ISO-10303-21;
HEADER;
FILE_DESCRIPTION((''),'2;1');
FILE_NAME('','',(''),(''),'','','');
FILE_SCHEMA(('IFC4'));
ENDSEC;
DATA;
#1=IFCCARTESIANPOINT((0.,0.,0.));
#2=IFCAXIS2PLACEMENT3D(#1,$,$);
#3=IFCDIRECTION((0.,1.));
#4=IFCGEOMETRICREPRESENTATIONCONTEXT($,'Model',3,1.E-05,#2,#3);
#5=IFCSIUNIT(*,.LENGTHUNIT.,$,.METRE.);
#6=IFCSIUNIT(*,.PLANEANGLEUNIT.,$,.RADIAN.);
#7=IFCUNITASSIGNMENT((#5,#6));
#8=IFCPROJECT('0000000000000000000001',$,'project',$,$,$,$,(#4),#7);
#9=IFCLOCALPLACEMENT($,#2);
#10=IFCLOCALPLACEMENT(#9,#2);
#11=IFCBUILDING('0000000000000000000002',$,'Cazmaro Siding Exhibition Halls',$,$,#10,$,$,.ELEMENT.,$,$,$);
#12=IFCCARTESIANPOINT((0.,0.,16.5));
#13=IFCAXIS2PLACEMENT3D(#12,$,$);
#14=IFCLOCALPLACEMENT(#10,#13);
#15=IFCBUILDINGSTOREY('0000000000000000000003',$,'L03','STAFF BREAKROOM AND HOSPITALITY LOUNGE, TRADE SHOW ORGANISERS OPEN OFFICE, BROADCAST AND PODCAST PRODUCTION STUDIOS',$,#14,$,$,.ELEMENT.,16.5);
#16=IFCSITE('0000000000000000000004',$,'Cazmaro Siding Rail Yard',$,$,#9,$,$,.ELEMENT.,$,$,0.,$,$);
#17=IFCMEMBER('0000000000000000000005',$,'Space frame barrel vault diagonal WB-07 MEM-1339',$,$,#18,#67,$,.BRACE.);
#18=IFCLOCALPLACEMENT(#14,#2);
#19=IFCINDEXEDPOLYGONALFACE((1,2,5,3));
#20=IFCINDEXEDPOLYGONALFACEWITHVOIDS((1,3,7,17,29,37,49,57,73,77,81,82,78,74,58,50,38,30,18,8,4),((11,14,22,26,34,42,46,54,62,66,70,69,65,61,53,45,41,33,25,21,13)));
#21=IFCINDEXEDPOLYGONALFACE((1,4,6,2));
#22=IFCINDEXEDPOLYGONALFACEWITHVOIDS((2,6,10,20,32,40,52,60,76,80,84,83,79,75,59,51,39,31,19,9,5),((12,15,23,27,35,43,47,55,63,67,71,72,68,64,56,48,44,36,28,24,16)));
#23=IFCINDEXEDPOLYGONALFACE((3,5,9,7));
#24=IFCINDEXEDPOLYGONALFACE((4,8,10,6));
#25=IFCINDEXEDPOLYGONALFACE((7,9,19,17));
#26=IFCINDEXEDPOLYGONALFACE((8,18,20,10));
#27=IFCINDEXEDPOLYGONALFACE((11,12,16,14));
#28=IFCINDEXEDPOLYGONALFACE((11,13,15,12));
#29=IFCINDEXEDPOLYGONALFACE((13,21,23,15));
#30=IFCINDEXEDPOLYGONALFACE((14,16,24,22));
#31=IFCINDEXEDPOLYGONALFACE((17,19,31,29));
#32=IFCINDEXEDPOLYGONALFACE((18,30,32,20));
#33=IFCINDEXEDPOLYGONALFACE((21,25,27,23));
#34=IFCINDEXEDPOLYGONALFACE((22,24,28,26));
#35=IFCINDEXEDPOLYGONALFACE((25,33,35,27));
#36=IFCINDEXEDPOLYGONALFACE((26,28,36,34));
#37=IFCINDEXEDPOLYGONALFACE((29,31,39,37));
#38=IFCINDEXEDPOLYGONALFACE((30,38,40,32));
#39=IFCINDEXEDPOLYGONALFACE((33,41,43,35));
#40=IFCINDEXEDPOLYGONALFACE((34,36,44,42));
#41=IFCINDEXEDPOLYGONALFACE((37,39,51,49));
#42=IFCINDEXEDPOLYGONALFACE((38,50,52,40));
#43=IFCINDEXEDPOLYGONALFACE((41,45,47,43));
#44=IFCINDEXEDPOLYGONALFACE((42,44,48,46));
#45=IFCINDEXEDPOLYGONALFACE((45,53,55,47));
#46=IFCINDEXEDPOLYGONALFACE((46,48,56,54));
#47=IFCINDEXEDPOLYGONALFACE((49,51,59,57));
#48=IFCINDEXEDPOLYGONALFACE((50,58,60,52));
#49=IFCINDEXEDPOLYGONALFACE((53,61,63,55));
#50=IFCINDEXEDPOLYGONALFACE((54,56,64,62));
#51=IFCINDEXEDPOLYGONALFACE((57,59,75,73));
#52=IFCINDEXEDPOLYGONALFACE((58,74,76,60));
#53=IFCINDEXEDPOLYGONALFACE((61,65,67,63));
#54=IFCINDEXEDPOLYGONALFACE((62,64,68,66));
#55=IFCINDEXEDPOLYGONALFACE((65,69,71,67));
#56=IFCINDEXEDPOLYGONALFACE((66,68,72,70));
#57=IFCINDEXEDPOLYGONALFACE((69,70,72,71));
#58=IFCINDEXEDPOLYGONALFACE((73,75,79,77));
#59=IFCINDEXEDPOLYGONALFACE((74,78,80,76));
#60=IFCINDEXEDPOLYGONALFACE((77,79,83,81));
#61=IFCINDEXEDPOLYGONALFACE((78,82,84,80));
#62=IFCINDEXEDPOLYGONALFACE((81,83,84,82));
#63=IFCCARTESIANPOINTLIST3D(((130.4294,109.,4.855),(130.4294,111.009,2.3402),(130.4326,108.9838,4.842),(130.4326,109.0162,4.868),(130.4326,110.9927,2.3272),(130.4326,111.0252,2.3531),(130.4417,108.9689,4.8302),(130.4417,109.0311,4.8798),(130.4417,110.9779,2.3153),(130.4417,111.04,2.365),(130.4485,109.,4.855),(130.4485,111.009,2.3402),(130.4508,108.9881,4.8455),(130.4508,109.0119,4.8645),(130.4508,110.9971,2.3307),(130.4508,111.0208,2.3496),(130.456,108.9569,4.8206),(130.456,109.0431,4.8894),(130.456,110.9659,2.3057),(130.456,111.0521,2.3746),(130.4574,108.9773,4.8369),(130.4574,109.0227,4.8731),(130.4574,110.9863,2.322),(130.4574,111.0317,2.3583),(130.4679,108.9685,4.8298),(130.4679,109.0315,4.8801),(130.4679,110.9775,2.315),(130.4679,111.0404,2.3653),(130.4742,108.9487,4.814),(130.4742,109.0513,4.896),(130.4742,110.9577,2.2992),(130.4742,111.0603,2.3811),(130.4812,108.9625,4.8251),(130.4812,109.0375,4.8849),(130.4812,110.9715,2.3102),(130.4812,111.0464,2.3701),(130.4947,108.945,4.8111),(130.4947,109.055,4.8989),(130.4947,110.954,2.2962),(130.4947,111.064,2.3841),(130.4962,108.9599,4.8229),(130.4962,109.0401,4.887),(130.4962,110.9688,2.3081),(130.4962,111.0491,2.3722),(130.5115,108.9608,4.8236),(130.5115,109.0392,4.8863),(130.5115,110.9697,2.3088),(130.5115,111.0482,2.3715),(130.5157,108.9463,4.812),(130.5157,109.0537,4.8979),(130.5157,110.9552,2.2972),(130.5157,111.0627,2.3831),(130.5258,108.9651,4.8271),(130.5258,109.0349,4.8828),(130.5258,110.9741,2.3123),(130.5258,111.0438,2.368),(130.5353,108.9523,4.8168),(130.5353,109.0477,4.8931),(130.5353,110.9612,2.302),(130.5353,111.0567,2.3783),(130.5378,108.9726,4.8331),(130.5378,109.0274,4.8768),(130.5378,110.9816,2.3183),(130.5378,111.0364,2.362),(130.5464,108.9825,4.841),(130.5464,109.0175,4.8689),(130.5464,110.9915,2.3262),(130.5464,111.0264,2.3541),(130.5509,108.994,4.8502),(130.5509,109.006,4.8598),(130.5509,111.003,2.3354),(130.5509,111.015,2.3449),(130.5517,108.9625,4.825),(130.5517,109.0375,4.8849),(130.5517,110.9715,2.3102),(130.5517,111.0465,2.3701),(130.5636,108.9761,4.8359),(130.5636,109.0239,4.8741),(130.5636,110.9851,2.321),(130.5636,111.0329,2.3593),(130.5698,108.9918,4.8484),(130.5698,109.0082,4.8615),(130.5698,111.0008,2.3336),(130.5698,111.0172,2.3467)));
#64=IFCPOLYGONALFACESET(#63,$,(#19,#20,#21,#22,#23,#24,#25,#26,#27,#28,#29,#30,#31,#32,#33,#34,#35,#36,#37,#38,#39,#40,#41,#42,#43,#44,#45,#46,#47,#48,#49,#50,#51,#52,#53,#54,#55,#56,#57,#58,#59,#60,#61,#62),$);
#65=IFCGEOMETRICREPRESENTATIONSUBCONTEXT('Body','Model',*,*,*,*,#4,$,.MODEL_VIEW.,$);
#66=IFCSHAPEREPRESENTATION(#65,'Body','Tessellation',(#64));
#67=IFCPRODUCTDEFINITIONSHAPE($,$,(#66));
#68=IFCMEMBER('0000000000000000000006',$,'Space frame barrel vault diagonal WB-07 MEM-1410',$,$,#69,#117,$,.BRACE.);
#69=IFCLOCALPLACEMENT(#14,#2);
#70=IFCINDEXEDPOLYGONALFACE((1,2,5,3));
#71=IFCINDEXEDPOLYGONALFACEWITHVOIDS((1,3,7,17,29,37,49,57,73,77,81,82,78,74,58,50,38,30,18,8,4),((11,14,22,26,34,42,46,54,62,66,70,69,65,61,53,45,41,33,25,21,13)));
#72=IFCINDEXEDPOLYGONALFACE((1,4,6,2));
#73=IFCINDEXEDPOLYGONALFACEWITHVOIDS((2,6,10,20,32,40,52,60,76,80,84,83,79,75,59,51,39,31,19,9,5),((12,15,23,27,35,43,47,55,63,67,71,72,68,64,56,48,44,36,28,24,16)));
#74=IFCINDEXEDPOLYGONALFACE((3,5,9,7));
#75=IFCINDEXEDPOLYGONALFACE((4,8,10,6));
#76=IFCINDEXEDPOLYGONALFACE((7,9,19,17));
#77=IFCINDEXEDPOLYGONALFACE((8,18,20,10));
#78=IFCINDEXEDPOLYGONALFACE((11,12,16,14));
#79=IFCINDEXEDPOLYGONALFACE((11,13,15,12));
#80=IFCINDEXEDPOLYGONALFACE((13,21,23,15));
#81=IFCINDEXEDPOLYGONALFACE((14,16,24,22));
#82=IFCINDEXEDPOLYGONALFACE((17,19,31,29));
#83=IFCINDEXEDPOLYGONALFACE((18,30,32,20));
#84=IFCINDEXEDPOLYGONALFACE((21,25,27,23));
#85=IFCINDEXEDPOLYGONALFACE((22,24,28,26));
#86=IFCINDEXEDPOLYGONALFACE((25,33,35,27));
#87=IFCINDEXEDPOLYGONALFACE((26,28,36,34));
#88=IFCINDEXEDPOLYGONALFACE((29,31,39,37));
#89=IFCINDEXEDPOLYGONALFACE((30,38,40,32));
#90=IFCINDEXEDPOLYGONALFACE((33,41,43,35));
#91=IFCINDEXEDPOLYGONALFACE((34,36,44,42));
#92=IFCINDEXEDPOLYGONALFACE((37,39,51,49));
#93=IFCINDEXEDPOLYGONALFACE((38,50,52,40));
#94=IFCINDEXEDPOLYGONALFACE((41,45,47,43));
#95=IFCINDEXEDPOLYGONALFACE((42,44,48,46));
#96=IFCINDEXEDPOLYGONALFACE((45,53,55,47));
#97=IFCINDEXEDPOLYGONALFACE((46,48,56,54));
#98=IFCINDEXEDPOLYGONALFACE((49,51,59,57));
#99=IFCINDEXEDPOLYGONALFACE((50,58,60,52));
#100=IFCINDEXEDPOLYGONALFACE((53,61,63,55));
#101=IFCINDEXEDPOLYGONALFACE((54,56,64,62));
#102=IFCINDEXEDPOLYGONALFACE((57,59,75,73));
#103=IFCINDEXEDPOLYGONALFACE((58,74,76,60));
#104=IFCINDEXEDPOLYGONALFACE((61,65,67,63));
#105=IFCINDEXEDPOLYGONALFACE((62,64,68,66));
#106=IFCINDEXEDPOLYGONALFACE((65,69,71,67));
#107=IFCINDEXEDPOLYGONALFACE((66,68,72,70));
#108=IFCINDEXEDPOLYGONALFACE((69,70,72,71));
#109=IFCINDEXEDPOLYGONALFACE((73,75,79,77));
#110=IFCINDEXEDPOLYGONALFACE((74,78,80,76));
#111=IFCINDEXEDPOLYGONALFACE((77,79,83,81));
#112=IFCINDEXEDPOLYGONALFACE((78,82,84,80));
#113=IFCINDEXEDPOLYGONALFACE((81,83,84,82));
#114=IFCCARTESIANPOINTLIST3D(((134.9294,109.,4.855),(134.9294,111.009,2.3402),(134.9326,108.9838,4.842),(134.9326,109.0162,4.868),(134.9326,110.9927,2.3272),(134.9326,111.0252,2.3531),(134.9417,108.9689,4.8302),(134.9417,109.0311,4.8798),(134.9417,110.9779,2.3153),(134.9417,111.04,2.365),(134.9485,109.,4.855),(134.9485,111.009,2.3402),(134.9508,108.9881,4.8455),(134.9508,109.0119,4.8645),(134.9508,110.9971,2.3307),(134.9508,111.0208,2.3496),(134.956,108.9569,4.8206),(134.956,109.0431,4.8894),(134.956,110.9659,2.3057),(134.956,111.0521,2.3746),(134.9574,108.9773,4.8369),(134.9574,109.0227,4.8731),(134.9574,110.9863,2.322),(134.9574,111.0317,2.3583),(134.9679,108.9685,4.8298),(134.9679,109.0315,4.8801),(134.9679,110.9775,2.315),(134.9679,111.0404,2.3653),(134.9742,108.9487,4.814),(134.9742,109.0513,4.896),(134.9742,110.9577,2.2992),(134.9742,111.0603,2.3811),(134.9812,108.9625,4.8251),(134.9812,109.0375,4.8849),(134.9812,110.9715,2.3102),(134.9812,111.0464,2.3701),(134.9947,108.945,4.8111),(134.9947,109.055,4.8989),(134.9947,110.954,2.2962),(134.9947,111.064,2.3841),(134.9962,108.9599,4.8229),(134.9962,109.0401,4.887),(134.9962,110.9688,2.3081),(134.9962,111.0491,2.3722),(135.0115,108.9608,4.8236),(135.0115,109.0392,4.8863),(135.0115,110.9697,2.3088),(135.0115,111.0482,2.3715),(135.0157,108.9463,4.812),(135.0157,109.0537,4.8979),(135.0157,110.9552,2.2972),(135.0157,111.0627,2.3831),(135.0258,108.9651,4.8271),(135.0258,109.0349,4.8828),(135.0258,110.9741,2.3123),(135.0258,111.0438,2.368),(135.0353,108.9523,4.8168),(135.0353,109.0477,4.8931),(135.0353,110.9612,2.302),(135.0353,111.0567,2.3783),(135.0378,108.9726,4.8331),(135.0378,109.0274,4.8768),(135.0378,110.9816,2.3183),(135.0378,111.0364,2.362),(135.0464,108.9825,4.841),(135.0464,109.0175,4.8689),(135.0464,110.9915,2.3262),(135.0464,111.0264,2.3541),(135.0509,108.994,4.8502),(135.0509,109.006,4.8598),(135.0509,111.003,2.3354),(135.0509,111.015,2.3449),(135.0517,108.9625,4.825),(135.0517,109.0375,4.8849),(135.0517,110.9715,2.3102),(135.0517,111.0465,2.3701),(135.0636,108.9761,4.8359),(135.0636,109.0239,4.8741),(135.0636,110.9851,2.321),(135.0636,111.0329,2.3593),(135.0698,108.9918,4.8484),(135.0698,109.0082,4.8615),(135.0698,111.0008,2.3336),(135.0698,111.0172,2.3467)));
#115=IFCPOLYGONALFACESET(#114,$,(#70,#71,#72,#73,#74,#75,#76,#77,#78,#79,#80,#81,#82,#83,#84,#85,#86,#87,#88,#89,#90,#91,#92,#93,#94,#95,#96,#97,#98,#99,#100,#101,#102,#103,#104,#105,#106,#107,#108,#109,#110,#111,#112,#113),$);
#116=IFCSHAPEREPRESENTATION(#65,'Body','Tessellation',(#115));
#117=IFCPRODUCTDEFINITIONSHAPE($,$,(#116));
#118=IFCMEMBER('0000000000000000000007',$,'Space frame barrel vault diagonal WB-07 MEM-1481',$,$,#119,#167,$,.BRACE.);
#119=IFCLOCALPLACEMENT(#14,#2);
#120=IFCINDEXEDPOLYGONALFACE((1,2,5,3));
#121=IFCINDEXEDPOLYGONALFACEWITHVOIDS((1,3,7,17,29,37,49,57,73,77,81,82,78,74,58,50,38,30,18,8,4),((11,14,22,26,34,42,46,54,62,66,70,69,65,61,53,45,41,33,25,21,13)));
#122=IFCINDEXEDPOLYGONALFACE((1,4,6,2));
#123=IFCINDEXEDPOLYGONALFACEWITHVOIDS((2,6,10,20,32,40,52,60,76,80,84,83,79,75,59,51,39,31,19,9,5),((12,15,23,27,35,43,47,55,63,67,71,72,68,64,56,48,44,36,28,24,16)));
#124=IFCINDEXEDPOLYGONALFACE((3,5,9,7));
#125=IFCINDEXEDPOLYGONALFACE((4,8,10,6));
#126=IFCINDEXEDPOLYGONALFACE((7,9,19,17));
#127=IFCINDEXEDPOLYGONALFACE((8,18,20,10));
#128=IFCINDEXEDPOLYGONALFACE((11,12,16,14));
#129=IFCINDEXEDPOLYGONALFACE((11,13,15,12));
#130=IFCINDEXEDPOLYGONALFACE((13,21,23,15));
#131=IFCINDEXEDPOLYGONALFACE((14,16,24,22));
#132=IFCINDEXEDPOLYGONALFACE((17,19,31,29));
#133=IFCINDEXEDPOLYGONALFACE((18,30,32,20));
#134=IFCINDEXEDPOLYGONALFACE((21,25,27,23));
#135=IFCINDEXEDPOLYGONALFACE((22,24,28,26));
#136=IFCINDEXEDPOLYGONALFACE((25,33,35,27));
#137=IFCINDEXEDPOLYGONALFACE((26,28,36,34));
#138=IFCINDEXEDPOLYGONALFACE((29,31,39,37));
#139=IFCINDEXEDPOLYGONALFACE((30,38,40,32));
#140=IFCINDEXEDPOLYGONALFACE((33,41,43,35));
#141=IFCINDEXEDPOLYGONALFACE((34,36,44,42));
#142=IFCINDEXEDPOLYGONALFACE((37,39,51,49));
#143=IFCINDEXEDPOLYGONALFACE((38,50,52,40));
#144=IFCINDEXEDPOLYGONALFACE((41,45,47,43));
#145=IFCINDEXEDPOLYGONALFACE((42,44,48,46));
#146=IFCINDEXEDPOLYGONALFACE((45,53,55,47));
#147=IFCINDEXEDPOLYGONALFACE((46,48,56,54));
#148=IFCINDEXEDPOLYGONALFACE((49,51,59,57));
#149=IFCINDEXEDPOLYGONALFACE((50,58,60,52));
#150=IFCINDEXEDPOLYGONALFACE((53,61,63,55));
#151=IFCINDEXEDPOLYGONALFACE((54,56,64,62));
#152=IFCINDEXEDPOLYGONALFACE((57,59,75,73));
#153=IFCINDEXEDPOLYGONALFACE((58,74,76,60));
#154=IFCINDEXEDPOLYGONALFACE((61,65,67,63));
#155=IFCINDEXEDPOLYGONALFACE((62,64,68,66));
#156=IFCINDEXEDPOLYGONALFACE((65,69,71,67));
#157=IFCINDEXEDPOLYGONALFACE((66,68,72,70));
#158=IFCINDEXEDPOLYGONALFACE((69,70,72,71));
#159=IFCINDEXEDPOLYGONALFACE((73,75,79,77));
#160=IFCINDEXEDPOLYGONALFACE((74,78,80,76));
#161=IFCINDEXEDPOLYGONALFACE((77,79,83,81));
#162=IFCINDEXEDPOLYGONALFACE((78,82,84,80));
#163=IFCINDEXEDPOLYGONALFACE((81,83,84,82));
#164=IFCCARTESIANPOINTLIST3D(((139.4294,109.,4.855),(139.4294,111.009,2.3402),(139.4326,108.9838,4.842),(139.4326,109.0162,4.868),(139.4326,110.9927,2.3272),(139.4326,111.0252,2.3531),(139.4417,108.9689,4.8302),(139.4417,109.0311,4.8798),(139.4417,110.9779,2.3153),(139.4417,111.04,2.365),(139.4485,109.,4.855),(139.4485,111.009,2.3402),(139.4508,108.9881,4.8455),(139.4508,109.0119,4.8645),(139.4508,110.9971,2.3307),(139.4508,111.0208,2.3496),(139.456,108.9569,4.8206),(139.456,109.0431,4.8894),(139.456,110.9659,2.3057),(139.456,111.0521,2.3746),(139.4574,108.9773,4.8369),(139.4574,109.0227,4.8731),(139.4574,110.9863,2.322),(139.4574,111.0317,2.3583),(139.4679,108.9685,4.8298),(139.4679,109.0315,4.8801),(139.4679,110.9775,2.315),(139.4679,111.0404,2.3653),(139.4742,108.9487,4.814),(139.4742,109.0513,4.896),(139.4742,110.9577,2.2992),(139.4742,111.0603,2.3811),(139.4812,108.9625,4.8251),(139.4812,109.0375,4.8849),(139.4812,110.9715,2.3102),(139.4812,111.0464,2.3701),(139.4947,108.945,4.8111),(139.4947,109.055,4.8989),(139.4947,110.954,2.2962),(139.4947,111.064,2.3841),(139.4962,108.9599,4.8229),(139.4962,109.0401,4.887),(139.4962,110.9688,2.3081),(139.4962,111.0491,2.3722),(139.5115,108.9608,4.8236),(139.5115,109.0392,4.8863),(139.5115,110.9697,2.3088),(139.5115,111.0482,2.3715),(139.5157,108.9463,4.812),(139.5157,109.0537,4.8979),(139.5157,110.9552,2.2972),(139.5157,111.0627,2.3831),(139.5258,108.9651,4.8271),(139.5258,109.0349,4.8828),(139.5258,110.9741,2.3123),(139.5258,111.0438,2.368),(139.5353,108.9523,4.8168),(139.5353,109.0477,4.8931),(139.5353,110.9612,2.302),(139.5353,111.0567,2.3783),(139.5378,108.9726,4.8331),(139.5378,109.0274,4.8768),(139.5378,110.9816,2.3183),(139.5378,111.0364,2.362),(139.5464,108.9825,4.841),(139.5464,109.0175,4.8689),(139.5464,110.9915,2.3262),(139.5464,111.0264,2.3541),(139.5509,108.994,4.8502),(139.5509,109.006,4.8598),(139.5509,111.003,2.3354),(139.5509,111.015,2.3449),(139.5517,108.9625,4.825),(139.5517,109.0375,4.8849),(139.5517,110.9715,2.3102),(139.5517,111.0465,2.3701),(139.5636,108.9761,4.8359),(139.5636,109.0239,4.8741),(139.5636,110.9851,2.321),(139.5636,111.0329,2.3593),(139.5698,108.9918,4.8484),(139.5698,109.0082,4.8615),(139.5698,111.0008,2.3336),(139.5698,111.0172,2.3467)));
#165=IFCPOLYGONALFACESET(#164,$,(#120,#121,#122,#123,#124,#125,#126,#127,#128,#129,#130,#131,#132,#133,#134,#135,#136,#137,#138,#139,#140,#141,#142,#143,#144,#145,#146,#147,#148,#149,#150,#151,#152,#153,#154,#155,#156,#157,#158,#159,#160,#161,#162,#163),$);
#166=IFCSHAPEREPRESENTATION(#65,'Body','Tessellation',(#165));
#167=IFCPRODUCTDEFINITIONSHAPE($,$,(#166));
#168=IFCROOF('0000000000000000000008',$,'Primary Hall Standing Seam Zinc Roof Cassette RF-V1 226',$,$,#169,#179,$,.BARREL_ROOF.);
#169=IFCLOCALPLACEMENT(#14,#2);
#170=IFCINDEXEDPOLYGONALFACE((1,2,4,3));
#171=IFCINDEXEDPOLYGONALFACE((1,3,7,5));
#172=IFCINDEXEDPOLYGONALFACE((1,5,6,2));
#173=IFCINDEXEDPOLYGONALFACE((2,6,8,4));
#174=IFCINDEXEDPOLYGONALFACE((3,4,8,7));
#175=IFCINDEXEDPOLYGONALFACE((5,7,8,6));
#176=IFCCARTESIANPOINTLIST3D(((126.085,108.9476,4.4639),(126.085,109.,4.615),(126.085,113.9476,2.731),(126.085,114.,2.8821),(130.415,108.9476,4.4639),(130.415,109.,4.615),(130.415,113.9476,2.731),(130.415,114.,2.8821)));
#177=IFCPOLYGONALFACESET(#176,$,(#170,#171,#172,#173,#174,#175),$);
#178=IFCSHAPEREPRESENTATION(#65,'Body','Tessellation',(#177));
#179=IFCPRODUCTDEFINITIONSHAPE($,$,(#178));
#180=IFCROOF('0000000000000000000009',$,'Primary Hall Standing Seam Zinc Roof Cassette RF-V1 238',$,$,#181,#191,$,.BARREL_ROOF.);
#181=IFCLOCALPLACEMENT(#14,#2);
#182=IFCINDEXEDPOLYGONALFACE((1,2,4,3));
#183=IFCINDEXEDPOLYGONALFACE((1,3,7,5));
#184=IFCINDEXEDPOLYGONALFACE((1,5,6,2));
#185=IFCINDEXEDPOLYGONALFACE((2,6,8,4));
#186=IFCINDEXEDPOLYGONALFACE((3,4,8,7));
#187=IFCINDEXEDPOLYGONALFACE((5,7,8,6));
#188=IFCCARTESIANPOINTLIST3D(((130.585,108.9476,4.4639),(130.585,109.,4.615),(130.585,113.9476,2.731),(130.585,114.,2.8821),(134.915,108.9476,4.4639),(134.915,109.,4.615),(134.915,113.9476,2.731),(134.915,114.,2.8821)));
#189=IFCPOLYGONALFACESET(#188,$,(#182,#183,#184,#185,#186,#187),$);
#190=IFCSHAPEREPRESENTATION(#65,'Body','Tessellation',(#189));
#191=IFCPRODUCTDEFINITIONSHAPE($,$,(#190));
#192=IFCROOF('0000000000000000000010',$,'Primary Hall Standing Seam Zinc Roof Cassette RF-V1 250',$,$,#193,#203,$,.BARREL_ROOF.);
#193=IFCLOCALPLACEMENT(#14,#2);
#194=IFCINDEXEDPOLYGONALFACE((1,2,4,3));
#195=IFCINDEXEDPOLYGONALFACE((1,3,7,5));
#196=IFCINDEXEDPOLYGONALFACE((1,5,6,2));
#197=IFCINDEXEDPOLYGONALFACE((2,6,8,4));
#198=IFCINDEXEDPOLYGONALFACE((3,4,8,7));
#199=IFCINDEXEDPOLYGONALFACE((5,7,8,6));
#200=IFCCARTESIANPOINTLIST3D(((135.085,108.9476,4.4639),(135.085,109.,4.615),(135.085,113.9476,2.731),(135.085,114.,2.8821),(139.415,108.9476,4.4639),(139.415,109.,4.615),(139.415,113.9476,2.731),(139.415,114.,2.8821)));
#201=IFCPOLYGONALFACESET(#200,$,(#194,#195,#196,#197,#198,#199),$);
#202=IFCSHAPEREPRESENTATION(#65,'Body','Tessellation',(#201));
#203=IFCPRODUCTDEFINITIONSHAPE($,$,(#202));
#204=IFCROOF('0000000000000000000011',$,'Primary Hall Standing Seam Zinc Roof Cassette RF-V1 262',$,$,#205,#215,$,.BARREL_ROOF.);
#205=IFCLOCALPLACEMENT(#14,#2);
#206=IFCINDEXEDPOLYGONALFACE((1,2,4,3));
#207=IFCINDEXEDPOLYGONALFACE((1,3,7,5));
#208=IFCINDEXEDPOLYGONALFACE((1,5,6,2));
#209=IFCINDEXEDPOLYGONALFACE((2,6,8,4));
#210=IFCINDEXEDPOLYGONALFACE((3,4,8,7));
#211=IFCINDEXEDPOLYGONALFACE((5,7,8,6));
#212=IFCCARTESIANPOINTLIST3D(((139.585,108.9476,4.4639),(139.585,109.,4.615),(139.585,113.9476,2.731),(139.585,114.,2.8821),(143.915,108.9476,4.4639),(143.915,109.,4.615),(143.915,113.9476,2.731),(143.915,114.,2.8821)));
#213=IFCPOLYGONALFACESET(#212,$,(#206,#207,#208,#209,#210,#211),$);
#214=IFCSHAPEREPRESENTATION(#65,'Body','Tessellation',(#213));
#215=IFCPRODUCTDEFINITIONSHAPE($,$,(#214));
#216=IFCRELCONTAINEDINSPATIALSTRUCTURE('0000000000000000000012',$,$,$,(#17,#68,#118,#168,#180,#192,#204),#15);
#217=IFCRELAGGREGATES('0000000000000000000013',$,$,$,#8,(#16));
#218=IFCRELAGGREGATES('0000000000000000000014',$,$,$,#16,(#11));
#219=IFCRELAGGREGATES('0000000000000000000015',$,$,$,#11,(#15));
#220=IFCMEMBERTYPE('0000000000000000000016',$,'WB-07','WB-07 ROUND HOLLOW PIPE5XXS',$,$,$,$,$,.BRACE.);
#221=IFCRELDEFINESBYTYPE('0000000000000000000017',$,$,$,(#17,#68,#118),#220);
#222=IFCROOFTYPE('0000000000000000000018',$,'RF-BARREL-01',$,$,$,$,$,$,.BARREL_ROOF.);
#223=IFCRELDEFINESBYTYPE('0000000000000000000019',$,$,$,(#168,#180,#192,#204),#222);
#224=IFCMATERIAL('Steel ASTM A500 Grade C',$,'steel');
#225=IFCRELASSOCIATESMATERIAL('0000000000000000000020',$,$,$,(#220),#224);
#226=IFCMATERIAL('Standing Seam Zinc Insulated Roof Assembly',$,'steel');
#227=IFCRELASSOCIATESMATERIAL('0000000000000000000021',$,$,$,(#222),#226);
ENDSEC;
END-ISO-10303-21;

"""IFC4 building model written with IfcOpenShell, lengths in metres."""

from ifc_helpers import new_model, si_unit, direction, frame, origin, origin_2d, place, context, subcontext, project, spatial, polyline, hollow_circle, outline, extrude, material, material_profile, profile_set, type_object, element, save


model = new_model("IFC4")

# Units and contexts
model_context = context("Model", 3, precision=1e-05, world=origin(), true_north=direction((0.0, 1.0)))
body_context = subcontext(model_context, "Body", "Model", "MODEL_VIEW")
ifc_project = project(units=[si_unit("LENGTHUNIT", "METRE"), si_unit("PLANEANGLEUNIT", "RADIAN")], contexts=[model_context])

# Site, building, storey
site_placement = place(None, origin())
site = spatial("IfcSite", under=ifc_project, at=site_placement, Name="Cazmaro Siding Rail Yard", CompositionType="ELEMENT", RefElevation=0.0)
building_placement = place(site_placement, origin())
building = spatial("IfcBuilding", under=site, at=building_placement, Name="Cazmaro Siding Exhibition Halls", CompositionType="ELEMENT")
storey_placement = place(building_placement, frame((0.0, 0.0, 16.5)))
storey = spatial("IfcBuildingStorey", under=building, at=storey_placement, Name="L03", Description="STAFF BREAKROOM AND HOSPITALITY LOUNGE, TRADE SHOW ORGANISERS OPEN OFFICE, BROADCAST AND PODCAST PRODUCTION STUDIOS", CompositionType="ELEMENT", Elevation=16.5)

# Members
ifc_material_1 = material(Name="Steel ASTM A500 Grade C", Category="steel")
ifc_material_profile_1 = material_profile(ifc_material_1, hollow_circle(Radius=0.0706, WallThickness=0.019, at=origin_2d()), Name="PIPE5XXS")
ifc_profile_set_1 = profile_set([ifc_material_profile_1], Name="Steel ASTM A500 Grade C")
member_type_1 = type_object("IfcMemberType", Name="WB-07", Description="WB-07 ROUND HOLLOW PIPE5XXS", PredefinedType="BRACE", material=ifc_profile_set_1)
for number, where, z_axis, x_axis, name in (
    (1, (130.5, 109.0, 4.855), (0.0, 0.624149, -0.781305), (-1.0, 0.0, 0.0), "Space frame barrel vault diagonal WB-07 MEM-1339"),
    (2, (135.0, 109.0, 4.855), (0.0, 0.624149, -0.781305), (-1.0, 0.0, 0.0), "Space frame barrel vault diagonal WB-07 MEM-1410"),
    (3, (139.5, 109.0, 4.855), (0.0, 0.624149, -0.781305), (-1.0, 0.0, 0.0), "Space frame barrel vault diagonal WB-07 MEM-1481"),
):
    element("IfcMember", number, at=place(storey_placement, frame(where, z_axis=z_axis, x_axis=x_axis)), inside=storey, type_object=member_type_1, Name=name, PredefinedType="BRACE", context=body_context, shape_type="SweptSolid", body=[
        extrude(hollow_circle(Radius=0.0706, WallThickness=0.019, at=origin_2d()), origin(), (0.0, 0.0, 1.0), 3.2188),
    ])

# Roofs
ifc_material_2 = material(Name="Standing Seam Zinc Insulated Roof Assembly", Category="steel")
roof_type = type_object("IfcRoofType", Name="RF-BARREL-01", PredefinedType="BARREL_ROOF", material=ifc_material_2)
for number, where, z_axis, x_axis, name in (
    (4, (126.085, 109.0, 4.615), (0.0, 0.327472, 0.944861), (1.0, 0.0, 0.0), "Primary Hall Standing Seam Zinc Roof Cassette RF-V1 226"),
    (5, (130.585, 109.0, 4.615), (0.0, 0.327472, 0.944861), (1.0, 0.0, 0.0), "Primary Hall Standing Seam Zinc Roof Cassette RF-V1 238"),
    (6, (135.085, 109.0, 4.615), (0.0, 0.327472, 0.944861), (1.0, 0.0, 0.0), "Primary Hall Standing Seam Zinc Roof Cassette RF-V1 250"),
    (7, (139.585, 109.0, 4.615), (0.0, 0.327472, 0.944861), (1.0, 0.0, 0.0), "Primary Hall Standing Seam Zinc Roof Cassette RF-V1 262"),
):
    element("IfcRoof", number, at=place(storey_placement, frame(where, z_axis=z_axis, x_axis=x_axis)), inside=storey, type_object=roof_type, Name=name, PredefinedType="BARREL_ROOF", context=body_context, shape_type="SweptSolid", body=[
        extrude(outline(polyline([(0.0, 0.0), (4.3301, 0.0), (4.3301, 5.2918), (0.0, 5.2918), (0.0, 0.0)])), origin(), (0.0, 0.0, -1.0), 0.1599),
    ])

save(model, "model.ifc")
